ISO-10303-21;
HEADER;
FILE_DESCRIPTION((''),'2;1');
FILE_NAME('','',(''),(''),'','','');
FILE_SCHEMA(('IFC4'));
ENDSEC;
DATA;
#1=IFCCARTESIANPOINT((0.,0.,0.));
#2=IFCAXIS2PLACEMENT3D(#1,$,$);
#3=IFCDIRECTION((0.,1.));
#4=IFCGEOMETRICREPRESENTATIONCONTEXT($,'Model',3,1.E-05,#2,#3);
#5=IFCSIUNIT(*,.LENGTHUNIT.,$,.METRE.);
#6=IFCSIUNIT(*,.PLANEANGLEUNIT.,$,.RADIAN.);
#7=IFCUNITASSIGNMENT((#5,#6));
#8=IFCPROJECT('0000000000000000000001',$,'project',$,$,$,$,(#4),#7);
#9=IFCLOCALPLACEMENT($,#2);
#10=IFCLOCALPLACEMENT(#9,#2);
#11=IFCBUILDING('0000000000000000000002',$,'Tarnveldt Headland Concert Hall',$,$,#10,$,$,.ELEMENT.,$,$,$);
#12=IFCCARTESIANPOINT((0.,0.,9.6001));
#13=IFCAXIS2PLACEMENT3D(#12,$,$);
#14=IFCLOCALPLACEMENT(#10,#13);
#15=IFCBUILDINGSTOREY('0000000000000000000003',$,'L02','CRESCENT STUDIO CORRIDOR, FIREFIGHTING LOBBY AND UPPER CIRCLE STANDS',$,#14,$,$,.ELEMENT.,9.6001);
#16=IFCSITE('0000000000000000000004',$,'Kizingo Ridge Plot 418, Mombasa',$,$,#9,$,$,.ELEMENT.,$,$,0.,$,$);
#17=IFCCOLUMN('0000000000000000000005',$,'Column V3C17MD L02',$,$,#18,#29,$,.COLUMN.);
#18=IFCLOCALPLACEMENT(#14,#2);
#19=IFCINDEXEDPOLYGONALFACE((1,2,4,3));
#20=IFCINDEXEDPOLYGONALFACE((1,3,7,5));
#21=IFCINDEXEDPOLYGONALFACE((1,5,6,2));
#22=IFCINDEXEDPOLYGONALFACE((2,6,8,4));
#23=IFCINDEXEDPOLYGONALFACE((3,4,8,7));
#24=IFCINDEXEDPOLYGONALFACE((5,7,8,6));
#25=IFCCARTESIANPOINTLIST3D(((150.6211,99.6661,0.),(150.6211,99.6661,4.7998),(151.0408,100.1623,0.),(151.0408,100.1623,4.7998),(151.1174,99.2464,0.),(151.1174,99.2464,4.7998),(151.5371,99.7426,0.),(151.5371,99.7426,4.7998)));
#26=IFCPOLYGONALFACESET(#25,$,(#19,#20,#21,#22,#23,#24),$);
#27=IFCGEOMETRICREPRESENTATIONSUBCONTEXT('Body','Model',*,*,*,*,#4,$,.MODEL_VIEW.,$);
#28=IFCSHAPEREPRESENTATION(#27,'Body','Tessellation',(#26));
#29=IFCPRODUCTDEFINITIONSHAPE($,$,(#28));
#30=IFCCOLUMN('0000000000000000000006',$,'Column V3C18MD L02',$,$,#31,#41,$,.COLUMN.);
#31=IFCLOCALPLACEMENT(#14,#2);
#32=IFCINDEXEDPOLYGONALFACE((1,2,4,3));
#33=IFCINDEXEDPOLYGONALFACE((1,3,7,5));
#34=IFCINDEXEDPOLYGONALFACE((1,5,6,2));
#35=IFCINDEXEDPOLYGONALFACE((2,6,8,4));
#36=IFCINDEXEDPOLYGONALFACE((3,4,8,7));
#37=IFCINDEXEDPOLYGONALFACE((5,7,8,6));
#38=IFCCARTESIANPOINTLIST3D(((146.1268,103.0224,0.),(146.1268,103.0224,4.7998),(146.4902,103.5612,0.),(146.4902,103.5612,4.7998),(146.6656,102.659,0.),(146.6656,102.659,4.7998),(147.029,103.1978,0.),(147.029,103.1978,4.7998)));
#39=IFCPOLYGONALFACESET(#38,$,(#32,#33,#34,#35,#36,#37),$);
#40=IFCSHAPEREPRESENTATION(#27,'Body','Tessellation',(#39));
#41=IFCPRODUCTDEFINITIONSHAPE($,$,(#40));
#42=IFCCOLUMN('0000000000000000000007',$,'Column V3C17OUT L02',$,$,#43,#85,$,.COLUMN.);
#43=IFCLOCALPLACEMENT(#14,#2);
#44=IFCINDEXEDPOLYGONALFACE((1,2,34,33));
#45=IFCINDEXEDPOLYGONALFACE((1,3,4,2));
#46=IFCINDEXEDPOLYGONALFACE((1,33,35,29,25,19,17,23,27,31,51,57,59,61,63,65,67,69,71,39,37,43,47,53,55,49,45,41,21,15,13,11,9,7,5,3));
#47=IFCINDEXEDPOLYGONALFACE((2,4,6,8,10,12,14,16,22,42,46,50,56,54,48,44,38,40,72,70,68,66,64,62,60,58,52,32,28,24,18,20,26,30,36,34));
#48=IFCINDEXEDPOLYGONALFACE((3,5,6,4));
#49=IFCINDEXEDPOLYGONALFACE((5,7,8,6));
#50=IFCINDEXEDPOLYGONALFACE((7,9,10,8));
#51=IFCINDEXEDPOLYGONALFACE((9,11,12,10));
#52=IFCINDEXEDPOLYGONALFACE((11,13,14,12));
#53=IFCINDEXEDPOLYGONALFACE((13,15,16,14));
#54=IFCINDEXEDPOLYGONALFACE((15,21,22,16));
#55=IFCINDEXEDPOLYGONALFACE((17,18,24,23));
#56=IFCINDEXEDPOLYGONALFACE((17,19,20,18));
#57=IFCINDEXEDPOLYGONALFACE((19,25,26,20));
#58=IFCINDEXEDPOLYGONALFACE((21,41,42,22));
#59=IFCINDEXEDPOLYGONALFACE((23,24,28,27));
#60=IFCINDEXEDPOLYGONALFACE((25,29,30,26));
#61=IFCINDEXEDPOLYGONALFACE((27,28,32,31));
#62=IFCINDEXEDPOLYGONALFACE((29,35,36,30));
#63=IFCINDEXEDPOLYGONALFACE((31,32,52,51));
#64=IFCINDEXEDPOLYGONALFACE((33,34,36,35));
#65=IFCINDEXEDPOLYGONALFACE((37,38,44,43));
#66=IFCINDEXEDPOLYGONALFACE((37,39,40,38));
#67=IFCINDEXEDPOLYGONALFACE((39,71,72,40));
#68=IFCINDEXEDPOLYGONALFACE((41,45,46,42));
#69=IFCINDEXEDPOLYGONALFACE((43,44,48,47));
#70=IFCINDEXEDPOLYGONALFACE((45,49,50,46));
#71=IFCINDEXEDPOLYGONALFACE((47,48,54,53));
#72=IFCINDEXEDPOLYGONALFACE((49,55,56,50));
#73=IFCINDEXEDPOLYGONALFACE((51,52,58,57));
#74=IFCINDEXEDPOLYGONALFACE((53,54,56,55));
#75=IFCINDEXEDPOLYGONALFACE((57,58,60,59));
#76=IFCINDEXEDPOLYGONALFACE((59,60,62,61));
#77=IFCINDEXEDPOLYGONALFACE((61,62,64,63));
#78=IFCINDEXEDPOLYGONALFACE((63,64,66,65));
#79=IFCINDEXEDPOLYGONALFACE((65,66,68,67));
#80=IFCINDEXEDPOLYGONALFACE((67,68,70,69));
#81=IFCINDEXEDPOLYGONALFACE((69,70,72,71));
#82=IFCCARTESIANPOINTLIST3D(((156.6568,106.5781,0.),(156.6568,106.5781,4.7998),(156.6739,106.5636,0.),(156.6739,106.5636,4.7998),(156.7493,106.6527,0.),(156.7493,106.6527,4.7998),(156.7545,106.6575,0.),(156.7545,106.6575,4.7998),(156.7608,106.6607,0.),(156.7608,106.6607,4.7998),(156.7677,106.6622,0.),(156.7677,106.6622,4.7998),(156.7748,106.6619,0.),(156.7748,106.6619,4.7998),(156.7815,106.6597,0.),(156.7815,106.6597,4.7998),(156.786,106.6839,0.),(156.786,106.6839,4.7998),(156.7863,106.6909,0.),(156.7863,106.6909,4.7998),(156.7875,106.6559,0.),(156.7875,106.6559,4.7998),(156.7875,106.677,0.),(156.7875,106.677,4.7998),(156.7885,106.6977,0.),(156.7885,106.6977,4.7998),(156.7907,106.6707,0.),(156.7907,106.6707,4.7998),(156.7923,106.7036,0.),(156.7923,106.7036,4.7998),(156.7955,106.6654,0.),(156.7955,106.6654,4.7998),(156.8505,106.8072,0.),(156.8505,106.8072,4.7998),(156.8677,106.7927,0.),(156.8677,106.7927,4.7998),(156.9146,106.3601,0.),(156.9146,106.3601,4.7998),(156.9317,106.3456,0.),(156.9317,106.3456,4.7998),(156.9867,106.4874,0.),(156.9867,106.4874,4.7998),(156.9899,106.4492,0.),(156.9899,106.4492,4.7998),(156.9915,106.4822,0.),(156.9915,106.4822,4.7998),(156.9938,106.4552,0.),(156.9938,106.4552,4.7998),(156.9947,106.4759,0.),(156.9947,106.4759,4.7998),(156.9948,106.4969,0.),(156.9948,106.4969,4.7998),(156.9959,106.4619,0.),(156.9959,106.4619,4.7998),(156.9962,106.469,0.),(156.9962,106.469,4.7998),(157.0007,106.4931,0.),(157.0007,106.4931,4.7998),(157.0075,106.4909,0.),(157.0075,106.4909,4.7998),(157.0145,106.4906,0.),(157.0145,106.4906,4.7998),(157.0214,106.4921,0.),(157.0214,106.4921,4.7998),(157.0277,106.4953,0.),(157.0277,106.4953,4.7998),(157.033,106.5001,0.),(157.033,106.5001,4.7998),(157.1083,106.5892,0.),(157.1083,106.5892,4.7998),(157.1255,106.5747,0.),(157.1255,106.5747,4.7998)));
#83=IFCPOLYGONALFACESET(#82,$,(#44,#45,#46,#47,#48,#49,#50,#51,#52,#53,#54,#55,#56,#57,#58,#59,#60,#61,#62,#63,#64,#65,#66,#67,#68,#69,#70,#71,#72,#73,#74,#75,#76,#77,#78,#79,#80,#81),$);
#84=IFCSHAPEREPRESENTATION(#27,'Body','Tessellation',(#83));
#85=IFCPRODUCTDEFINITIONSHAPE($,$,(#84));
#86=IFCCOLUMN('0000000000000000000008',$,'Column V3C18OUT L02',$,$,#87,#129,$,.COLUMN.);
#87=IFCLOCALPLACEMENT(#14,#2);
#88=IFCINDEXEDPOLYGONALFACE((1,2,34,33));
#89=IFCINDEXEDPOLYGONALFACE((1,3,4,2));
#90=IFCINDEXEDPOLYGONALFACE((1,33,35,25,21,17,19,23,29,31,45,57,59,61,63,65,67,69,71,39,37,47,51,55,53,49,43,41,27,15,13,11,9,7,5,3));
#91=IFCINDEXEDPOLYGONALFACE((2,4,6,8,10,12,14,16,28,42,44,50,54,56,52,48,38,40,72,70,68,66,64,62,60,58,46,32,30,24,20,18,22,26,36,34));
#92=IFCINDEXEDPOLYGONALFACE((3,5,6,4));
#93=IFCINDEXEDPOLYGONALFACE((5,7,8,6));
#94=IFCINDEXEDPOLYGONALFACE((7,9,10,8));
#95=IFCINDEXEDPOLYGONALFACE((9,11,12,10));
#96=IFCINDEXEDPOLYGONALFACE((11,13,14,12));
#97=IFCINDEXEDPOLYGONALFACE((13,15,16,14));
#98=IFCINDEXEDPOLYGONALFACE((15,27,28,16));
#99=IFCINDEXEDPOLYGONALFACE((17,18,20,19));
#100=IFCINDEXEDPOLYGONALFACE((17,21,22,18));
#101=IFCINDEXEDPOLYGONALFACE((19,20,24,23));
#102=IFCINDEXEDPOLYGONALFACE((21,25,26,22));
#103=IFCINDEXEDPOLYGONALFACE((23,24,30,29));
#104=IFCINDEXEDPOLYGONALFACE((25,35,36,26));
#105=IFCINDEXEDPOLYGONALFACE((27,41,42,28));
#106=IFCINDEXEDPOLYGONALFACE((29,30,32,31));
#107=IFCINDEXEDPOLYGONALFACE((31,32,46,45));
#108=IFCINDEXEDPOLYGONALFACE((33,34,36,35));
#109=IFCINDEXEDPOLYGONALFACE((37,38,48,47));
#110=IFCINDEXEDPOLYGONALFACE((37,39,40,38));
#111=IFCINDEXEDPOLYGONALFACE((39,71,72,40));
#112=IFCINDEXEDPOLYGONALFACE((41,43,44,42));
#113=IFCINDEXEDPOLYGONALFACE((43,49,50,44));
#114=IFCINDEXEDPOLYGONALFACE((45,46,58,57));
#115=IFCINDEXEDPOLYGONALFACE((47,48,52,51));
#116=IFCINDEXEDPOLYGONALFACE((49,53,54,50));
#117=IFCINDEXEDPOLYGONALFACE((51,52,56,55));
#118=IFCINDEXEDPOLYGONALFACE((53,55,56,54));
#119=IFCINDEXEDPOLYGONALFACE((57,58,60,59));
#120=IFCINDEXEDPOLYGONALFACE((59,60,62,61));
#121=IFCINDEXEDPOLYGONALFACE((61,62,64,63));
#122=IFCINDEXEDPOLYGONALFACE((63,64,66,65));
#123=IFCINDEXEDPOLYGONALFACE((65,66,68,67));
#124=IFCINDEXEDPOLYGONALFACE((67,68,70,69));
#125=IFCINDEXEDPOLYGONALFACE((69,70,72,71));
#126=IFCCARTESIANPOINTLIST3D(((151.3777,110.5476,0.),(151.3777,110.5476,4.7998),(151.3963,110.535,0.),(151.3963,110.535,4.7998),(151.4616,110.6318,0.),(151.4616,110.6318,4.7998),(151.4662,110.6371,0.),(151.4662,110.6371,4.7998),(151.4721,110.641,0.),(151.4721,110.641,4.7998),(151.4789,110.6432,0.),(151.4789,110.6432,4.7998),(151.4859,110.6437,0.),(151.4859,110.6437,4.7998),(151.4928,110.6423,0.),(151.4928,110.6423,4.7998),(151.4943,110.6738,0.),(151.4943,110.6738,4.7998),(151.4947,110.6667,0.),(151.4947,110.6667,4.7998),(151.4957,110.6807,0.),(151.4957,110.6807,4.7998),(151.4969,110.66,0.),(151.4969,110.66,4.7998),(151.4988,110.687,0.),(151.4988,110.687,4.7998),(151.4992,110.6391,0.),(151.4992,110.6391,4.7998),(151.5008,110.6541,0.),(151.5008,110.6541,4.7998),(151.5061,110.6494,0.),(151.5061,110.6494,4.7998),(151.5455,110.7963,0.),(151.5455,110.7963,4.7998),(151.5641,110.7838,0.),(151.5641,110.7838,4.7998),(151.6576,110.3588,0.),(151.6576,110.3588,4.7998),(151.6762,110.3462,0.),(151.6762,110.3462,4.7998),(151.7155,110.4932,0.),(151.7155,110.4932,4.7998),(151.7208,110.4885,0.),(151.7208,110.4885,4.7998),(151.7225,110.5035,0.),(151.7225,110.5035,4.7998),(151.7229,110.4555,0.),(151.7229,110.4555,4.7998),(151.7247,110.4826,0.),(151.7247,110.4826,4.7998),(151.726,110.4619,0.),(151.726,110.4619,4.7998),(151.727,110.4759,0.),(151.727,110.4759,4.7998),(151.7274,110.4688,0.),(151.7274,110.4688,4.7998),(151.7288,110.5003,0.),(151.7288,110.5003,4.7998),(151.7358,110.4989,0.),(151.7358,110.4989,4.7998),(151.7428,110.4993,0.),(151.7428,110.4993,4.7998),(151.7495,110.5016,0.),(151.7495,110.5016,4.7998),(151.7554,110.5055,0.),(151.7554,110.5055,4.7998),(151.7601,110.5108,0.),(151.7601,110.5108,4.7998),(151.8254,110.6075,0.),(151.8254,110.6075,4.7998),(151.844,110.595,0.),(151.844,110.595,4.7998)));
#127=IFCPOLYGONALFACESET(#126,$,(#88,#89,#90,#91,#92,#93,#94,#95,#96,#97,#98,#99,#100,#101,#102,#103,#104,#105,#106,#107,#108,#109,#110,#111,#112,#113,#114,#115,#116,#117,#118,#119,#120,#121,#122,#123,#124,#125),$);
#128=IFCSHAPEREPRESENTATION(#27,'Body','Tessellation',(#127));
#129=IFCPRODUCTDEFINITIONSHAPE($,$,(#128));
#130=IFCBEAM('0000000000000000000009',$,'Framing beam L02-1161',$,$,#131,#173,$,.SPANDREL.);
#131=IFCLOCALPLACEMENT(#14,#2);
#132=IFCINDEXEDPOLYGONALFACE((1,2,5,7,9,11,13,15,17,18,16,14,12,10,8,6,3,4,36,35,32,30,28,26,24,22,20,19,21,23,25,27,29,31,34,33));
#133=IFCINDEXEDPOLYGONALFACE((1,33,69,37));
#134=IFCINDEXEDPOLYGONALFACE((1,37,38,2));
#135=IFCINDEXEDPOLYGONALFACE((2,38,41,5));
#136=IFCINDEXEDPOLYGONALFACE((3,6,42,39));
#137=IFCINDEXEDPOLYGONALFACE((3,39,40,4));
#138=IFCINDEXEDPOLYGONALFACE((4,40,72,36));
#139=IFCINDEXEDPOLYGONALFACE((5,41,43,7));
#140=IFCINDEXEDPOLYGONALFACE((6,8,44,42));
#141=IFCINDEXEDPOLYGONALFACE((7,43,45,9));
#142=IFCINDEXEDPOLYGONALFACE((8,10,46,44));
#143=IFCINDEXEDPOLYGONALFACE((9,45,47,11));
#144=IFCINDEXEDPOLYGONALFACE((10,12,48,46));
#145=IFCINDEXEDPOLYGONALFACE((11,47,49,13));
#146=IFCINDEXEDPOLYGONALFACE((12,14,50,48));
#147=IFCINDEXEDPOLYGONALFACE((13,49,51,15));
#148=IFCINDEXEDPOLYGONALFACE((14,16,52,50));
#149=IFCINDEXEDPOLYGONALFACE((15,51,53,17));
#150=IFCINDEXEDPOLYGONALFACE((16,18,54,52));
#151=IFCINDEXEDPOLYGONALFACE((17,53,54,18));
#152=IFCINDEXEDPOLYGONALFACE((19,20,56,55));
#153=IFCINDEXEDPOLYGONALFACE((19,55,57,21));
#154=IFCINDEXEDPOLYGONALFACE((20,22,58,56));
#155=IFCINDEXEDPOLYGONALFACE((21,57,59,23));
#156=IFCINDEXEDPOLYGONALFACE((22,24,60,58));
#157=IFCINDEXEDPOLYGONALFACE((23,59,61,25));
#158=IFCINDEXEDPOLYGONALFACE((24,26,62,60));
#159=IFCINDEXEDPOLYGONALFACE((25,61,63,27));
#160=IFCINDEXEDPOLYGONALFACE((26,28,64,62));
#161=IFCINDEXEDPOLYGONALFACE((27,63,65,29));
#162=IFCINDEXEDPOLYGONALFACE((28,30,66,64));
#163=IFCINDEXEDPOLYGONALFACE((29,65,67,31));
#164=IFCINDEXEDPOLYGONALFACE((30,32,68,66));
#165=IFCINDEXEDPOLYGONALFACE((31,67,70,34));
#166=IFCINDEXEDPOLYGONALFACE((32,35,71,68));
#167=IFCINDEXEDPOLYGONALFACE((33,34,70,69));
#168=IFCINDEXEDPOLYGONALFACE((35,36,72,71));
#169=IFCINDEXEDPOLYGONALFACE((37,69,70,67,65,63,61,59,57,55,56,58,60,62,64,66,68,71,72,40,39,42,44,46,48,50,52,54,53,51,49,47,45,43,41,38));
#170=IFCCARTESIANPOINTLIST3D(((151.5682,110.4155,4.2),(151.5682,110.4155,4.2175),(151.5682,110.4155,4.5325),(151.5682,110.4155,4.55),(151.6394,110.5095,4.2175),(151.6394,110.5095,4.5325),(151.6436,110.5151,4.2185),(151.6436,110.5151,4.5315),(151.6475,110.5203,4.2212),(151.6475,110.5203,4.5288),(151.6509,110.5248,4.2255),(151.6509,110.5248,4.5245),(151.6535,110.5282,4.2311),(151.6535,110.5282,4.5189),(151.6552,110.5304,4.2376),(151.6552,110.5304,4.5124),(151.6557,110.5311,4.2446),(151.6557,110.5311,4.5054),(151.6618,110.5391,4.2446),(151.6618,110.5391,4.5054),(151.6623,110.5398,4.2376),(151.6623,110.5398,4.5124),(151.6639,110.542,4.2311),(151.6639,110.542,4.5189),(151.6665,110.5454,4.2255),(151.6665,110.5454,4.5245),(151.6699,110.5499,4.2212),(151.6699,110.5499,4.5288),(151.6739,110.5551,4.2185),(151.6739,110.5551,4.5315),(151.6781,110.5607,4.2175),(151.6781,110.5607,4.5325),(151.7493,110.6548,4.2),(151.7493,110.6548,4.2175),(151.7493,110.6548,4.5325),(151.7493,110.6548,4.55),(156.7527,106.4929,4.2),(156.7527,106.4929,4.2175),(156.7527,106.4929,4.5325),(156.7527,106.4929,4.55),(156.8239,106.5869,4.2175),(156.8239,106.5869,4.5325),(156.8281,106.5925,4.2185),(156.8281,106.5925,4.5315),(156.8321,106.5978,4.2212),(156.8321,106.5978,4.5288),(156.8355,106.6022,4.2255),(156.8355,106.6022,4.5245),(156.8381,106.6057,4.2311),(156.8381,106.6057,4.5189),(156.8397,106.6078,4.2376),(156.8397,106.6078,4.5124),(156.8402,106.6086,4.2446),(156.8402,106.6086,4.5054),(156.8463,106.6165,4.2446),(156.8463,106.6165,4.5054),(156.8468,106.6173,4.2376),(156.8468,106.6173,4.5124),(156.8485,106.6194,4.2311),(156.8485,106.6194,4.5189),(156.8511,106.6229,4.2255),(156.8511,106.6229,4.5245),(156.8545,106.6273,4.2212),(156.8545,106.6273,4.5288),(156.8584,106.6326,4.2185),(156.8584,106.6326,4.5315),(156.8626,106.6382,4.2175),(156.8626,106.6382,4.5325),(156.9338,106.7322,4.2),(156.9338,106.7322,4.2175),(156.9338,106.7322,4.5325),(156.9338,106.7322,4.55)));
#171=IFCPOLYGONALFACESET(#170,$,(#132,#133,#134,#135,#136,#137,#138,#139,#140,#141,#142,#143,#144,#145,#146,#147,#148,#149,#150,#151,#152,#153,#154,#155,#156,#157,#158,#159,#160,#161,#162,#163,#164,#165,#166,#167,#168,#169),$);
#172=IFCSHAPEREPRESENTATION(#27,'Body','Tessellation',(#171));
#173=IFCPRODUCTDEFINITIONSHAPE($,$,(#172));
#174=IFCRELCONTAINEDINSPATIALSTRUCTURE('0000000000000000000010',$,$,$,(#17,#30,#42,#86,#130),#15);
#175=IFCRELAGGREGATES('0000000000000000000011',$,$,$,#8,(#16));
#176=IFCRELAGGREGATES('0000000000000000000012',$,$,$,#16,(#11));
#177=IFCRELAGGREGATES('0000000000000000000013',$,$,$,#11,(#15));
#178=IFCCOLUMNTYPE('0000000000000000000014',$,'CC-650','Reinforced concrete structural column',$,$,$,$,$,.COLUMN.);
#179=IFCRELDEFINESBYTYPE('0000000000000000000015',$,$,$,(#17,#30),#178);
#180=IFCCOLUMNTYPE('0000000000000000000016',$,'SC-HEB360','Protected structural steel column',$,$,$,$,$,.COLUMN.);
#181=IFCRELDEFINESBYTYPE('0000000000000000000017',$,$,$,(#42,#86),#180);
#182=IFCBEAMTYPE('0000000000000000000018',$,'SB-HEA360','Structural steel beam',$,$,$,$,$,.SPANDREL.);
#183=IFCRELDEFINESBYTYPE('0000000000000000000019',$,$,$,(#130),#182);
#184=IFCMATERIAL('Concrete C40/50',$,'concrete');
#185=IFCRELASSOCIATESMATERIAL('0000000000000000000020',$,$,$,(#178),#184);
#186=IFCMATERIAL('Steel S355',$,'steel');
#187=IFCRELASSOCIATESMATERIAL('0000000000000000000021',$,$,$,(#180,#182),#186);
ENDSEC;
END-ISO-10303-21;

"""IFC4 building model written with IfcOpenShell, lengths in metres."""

from ifc_helpers import new_model, si_unit, direction, frame, origin, origin_2d, place, context, subcontext, project, spatial, rectangle, i_section, extrude, material, material_profile, profile_set, type_object, element, save


model = new_model("IFC4")

# Units and contexts
model_context = context("Model", 3, precision=1e-05, world=origin(), true_north=direction((0.0, 1.0)))
body_context = subcontext(model_context, "Body", "Model", "MODEL_VIEW")
ifc_project = project(units=[si_unit("LENGTHUNIT", "METRE"), si_unit("PLANEANGLEUNIT", "RADIAN")], contexts=[model_context])

# Site, building, storey
site_placement = place(None, origin())
site = spatial("IfcSite", under=ifc_project, at=site_placement, Name="Kizingo Ridge Plot 418, Mombasa", CompositionType="ELEMENT", RefElevation=0.0)
building_placement = place(site_placement, origin())
building = spatial("IfcBuilding", under=site, at=building_placement, Name="Tarnveldt Headland Concert Hall", CompositionType="ELEMENT")
storey_placement = place(building_placement, frame((0.0, 0.0, 9.6001)))
storey = spatial("IfcBuildingStorey", under=building, at=storey_placement, Name="L02", Description="CRESCENT STUDIO CORRIDOR, FIREFIGHTING LOBBY AND UPPER CIRCLE STANDS", CompositionType="ELEMENT", Elevation=9.6001)

# Columns
ifc_material_1 = material(Name="Concrete C40/50", Category="concrete")
ifc_material_profile_1 = material_profile(ifc_material_1, rectangle(XDim=0.6499, YDim=0.6499, at=origin_2d()), Name="RC 650x650", Category="concrete")
ifc_profile_set_1 = profile_set([ifc_material_profile_1], Name="Concrete C40/50")
column_type_1 = type_object("IfcColumnType", Name="CC-650", Description="Reinforced concrete structural column", PredefinedType="COLUMN", material=ifc_profile_set_1)
for number, where, z_axis, x_axis, name in (
    (1, (151.0791, 99.7043, 0.0), (0.0, 0.0, 1.0), (0.645724, 0.763571, 0.0), "Column V3C17MD L02"),
    (2, (146.5779, 103.1101, 0.0), (0.0, 0.0, 1.0), (0.559193, 0.829038, 0.0), "Column V3C18MD L02"),
):
    element("IfcColumn", number, at=place(storey_placement, frame(where, z_axis=z_axis, x_axis=x_axis)), inside=storey, type_object=column_type_1, Name=name, PredefinedType="COLUMN", context=body_context, shape_type="SweptSolid", body=[
        extrude(rectangle(XDim=0.6499, YDim=0.6499, at=origin_2d()), origin(), (0.0, 0.0, 1.0), 4.7998),
    ])
ifc_material_2 = material(Name="Steel S355", Category="steel")
ifc_material_profile_2 = material_profile(ifc_material_2, i_section(OverallWidth=0.3, OverallDepth=0.3601, WebThickness=0.0125, FlangeThickness=0.0225, FilletRadius=0.0271, at=origin_2d()), Name="HEB360", Category="steel")
ifc_profile_set_2 = profile_set([ifc_material_profile_2], Name="Steel S355")
column_type_2 = type_object("IfcColumnType", Name="SC-HEB360", Description="Protected structural steel column", PredefinedType="COLUMN", material=ifc_profile_set_2)
for number, where, z_axis, x_axis, name in (
    (3, (156.8911, 106.5764, 0.0), (0.0, 0.0, 1.0), (0.645724, 0.763571, 0.0), "Column V3C17OUT L02"),
    (4, (151.6108, 110.5713, 0.0), (0.0, 0.0, 1.0), (0.559193, 0.829038, 0.0), "Column V3C18OUT L02"),
):
    element("IfcColumn", number, at=place(storey_placement, frame(where, z_axis=z_axis, x_axis=x_axis)), inside=storey, type_object=column_type_2, Name=name, PredefinedType="COLUMN", context=body_context, shape_type="SweptSolid", body=[
        extrude(i_section(OverallWidth=0.3, OverallDepth=0.3601, WebThickness=0.0125, FlangeThickness=0.0225, FilletRadius=0.0271, at=origin_2d()), origin(), (0.0, 0.0, 1.0), 4.7998),
    ])

# Beam
ifc_material_profile_3 = material_profile(ifc_material_2, i_section(OverallWidth=0.3, OverallDepth=0.3501, WebThickness=0.01, FlangeThickness=0.0176, FilletRadius=0.0271, at=origin_2d()), Name="HEA360", Category="steel")
ifc_profile_set_3 = profile_set([ifc_material_profile_3], Name="Steel S355")
beam_type_1 = type_object("IfcBeamType", Name="SB-HEA360", Description="Structural steel beam", PredefinedType="SPANDREL", material=ifc_profile_set_3)
beam_1_placement = place(storey_placement, frame((156.8433, 106.6125, 4.375), z_axis=(-0.797469, 0.603359, 0.0), x_axis=(-0.603359, -0.797469, 0.0)))
element("IfcBeam", 5, at=beam_1_placement, inside=storey, type_object=beam_type_1, Name="Framing beam L02-1161", PredefinedType="SPANDREL", context=body_context, shape_type="SweptSolid", body=[
    extrude(i_section(OverallWidth=0.3, OverallDepth=0.3501, WebThickness=0.01, FlangeThickness=0.0176, FilletRadius=0.0271, at=origin_2d()), origin(), (0.0, 0.0, 1.0), 6.5012),
])

save(model, "model.ifc")
